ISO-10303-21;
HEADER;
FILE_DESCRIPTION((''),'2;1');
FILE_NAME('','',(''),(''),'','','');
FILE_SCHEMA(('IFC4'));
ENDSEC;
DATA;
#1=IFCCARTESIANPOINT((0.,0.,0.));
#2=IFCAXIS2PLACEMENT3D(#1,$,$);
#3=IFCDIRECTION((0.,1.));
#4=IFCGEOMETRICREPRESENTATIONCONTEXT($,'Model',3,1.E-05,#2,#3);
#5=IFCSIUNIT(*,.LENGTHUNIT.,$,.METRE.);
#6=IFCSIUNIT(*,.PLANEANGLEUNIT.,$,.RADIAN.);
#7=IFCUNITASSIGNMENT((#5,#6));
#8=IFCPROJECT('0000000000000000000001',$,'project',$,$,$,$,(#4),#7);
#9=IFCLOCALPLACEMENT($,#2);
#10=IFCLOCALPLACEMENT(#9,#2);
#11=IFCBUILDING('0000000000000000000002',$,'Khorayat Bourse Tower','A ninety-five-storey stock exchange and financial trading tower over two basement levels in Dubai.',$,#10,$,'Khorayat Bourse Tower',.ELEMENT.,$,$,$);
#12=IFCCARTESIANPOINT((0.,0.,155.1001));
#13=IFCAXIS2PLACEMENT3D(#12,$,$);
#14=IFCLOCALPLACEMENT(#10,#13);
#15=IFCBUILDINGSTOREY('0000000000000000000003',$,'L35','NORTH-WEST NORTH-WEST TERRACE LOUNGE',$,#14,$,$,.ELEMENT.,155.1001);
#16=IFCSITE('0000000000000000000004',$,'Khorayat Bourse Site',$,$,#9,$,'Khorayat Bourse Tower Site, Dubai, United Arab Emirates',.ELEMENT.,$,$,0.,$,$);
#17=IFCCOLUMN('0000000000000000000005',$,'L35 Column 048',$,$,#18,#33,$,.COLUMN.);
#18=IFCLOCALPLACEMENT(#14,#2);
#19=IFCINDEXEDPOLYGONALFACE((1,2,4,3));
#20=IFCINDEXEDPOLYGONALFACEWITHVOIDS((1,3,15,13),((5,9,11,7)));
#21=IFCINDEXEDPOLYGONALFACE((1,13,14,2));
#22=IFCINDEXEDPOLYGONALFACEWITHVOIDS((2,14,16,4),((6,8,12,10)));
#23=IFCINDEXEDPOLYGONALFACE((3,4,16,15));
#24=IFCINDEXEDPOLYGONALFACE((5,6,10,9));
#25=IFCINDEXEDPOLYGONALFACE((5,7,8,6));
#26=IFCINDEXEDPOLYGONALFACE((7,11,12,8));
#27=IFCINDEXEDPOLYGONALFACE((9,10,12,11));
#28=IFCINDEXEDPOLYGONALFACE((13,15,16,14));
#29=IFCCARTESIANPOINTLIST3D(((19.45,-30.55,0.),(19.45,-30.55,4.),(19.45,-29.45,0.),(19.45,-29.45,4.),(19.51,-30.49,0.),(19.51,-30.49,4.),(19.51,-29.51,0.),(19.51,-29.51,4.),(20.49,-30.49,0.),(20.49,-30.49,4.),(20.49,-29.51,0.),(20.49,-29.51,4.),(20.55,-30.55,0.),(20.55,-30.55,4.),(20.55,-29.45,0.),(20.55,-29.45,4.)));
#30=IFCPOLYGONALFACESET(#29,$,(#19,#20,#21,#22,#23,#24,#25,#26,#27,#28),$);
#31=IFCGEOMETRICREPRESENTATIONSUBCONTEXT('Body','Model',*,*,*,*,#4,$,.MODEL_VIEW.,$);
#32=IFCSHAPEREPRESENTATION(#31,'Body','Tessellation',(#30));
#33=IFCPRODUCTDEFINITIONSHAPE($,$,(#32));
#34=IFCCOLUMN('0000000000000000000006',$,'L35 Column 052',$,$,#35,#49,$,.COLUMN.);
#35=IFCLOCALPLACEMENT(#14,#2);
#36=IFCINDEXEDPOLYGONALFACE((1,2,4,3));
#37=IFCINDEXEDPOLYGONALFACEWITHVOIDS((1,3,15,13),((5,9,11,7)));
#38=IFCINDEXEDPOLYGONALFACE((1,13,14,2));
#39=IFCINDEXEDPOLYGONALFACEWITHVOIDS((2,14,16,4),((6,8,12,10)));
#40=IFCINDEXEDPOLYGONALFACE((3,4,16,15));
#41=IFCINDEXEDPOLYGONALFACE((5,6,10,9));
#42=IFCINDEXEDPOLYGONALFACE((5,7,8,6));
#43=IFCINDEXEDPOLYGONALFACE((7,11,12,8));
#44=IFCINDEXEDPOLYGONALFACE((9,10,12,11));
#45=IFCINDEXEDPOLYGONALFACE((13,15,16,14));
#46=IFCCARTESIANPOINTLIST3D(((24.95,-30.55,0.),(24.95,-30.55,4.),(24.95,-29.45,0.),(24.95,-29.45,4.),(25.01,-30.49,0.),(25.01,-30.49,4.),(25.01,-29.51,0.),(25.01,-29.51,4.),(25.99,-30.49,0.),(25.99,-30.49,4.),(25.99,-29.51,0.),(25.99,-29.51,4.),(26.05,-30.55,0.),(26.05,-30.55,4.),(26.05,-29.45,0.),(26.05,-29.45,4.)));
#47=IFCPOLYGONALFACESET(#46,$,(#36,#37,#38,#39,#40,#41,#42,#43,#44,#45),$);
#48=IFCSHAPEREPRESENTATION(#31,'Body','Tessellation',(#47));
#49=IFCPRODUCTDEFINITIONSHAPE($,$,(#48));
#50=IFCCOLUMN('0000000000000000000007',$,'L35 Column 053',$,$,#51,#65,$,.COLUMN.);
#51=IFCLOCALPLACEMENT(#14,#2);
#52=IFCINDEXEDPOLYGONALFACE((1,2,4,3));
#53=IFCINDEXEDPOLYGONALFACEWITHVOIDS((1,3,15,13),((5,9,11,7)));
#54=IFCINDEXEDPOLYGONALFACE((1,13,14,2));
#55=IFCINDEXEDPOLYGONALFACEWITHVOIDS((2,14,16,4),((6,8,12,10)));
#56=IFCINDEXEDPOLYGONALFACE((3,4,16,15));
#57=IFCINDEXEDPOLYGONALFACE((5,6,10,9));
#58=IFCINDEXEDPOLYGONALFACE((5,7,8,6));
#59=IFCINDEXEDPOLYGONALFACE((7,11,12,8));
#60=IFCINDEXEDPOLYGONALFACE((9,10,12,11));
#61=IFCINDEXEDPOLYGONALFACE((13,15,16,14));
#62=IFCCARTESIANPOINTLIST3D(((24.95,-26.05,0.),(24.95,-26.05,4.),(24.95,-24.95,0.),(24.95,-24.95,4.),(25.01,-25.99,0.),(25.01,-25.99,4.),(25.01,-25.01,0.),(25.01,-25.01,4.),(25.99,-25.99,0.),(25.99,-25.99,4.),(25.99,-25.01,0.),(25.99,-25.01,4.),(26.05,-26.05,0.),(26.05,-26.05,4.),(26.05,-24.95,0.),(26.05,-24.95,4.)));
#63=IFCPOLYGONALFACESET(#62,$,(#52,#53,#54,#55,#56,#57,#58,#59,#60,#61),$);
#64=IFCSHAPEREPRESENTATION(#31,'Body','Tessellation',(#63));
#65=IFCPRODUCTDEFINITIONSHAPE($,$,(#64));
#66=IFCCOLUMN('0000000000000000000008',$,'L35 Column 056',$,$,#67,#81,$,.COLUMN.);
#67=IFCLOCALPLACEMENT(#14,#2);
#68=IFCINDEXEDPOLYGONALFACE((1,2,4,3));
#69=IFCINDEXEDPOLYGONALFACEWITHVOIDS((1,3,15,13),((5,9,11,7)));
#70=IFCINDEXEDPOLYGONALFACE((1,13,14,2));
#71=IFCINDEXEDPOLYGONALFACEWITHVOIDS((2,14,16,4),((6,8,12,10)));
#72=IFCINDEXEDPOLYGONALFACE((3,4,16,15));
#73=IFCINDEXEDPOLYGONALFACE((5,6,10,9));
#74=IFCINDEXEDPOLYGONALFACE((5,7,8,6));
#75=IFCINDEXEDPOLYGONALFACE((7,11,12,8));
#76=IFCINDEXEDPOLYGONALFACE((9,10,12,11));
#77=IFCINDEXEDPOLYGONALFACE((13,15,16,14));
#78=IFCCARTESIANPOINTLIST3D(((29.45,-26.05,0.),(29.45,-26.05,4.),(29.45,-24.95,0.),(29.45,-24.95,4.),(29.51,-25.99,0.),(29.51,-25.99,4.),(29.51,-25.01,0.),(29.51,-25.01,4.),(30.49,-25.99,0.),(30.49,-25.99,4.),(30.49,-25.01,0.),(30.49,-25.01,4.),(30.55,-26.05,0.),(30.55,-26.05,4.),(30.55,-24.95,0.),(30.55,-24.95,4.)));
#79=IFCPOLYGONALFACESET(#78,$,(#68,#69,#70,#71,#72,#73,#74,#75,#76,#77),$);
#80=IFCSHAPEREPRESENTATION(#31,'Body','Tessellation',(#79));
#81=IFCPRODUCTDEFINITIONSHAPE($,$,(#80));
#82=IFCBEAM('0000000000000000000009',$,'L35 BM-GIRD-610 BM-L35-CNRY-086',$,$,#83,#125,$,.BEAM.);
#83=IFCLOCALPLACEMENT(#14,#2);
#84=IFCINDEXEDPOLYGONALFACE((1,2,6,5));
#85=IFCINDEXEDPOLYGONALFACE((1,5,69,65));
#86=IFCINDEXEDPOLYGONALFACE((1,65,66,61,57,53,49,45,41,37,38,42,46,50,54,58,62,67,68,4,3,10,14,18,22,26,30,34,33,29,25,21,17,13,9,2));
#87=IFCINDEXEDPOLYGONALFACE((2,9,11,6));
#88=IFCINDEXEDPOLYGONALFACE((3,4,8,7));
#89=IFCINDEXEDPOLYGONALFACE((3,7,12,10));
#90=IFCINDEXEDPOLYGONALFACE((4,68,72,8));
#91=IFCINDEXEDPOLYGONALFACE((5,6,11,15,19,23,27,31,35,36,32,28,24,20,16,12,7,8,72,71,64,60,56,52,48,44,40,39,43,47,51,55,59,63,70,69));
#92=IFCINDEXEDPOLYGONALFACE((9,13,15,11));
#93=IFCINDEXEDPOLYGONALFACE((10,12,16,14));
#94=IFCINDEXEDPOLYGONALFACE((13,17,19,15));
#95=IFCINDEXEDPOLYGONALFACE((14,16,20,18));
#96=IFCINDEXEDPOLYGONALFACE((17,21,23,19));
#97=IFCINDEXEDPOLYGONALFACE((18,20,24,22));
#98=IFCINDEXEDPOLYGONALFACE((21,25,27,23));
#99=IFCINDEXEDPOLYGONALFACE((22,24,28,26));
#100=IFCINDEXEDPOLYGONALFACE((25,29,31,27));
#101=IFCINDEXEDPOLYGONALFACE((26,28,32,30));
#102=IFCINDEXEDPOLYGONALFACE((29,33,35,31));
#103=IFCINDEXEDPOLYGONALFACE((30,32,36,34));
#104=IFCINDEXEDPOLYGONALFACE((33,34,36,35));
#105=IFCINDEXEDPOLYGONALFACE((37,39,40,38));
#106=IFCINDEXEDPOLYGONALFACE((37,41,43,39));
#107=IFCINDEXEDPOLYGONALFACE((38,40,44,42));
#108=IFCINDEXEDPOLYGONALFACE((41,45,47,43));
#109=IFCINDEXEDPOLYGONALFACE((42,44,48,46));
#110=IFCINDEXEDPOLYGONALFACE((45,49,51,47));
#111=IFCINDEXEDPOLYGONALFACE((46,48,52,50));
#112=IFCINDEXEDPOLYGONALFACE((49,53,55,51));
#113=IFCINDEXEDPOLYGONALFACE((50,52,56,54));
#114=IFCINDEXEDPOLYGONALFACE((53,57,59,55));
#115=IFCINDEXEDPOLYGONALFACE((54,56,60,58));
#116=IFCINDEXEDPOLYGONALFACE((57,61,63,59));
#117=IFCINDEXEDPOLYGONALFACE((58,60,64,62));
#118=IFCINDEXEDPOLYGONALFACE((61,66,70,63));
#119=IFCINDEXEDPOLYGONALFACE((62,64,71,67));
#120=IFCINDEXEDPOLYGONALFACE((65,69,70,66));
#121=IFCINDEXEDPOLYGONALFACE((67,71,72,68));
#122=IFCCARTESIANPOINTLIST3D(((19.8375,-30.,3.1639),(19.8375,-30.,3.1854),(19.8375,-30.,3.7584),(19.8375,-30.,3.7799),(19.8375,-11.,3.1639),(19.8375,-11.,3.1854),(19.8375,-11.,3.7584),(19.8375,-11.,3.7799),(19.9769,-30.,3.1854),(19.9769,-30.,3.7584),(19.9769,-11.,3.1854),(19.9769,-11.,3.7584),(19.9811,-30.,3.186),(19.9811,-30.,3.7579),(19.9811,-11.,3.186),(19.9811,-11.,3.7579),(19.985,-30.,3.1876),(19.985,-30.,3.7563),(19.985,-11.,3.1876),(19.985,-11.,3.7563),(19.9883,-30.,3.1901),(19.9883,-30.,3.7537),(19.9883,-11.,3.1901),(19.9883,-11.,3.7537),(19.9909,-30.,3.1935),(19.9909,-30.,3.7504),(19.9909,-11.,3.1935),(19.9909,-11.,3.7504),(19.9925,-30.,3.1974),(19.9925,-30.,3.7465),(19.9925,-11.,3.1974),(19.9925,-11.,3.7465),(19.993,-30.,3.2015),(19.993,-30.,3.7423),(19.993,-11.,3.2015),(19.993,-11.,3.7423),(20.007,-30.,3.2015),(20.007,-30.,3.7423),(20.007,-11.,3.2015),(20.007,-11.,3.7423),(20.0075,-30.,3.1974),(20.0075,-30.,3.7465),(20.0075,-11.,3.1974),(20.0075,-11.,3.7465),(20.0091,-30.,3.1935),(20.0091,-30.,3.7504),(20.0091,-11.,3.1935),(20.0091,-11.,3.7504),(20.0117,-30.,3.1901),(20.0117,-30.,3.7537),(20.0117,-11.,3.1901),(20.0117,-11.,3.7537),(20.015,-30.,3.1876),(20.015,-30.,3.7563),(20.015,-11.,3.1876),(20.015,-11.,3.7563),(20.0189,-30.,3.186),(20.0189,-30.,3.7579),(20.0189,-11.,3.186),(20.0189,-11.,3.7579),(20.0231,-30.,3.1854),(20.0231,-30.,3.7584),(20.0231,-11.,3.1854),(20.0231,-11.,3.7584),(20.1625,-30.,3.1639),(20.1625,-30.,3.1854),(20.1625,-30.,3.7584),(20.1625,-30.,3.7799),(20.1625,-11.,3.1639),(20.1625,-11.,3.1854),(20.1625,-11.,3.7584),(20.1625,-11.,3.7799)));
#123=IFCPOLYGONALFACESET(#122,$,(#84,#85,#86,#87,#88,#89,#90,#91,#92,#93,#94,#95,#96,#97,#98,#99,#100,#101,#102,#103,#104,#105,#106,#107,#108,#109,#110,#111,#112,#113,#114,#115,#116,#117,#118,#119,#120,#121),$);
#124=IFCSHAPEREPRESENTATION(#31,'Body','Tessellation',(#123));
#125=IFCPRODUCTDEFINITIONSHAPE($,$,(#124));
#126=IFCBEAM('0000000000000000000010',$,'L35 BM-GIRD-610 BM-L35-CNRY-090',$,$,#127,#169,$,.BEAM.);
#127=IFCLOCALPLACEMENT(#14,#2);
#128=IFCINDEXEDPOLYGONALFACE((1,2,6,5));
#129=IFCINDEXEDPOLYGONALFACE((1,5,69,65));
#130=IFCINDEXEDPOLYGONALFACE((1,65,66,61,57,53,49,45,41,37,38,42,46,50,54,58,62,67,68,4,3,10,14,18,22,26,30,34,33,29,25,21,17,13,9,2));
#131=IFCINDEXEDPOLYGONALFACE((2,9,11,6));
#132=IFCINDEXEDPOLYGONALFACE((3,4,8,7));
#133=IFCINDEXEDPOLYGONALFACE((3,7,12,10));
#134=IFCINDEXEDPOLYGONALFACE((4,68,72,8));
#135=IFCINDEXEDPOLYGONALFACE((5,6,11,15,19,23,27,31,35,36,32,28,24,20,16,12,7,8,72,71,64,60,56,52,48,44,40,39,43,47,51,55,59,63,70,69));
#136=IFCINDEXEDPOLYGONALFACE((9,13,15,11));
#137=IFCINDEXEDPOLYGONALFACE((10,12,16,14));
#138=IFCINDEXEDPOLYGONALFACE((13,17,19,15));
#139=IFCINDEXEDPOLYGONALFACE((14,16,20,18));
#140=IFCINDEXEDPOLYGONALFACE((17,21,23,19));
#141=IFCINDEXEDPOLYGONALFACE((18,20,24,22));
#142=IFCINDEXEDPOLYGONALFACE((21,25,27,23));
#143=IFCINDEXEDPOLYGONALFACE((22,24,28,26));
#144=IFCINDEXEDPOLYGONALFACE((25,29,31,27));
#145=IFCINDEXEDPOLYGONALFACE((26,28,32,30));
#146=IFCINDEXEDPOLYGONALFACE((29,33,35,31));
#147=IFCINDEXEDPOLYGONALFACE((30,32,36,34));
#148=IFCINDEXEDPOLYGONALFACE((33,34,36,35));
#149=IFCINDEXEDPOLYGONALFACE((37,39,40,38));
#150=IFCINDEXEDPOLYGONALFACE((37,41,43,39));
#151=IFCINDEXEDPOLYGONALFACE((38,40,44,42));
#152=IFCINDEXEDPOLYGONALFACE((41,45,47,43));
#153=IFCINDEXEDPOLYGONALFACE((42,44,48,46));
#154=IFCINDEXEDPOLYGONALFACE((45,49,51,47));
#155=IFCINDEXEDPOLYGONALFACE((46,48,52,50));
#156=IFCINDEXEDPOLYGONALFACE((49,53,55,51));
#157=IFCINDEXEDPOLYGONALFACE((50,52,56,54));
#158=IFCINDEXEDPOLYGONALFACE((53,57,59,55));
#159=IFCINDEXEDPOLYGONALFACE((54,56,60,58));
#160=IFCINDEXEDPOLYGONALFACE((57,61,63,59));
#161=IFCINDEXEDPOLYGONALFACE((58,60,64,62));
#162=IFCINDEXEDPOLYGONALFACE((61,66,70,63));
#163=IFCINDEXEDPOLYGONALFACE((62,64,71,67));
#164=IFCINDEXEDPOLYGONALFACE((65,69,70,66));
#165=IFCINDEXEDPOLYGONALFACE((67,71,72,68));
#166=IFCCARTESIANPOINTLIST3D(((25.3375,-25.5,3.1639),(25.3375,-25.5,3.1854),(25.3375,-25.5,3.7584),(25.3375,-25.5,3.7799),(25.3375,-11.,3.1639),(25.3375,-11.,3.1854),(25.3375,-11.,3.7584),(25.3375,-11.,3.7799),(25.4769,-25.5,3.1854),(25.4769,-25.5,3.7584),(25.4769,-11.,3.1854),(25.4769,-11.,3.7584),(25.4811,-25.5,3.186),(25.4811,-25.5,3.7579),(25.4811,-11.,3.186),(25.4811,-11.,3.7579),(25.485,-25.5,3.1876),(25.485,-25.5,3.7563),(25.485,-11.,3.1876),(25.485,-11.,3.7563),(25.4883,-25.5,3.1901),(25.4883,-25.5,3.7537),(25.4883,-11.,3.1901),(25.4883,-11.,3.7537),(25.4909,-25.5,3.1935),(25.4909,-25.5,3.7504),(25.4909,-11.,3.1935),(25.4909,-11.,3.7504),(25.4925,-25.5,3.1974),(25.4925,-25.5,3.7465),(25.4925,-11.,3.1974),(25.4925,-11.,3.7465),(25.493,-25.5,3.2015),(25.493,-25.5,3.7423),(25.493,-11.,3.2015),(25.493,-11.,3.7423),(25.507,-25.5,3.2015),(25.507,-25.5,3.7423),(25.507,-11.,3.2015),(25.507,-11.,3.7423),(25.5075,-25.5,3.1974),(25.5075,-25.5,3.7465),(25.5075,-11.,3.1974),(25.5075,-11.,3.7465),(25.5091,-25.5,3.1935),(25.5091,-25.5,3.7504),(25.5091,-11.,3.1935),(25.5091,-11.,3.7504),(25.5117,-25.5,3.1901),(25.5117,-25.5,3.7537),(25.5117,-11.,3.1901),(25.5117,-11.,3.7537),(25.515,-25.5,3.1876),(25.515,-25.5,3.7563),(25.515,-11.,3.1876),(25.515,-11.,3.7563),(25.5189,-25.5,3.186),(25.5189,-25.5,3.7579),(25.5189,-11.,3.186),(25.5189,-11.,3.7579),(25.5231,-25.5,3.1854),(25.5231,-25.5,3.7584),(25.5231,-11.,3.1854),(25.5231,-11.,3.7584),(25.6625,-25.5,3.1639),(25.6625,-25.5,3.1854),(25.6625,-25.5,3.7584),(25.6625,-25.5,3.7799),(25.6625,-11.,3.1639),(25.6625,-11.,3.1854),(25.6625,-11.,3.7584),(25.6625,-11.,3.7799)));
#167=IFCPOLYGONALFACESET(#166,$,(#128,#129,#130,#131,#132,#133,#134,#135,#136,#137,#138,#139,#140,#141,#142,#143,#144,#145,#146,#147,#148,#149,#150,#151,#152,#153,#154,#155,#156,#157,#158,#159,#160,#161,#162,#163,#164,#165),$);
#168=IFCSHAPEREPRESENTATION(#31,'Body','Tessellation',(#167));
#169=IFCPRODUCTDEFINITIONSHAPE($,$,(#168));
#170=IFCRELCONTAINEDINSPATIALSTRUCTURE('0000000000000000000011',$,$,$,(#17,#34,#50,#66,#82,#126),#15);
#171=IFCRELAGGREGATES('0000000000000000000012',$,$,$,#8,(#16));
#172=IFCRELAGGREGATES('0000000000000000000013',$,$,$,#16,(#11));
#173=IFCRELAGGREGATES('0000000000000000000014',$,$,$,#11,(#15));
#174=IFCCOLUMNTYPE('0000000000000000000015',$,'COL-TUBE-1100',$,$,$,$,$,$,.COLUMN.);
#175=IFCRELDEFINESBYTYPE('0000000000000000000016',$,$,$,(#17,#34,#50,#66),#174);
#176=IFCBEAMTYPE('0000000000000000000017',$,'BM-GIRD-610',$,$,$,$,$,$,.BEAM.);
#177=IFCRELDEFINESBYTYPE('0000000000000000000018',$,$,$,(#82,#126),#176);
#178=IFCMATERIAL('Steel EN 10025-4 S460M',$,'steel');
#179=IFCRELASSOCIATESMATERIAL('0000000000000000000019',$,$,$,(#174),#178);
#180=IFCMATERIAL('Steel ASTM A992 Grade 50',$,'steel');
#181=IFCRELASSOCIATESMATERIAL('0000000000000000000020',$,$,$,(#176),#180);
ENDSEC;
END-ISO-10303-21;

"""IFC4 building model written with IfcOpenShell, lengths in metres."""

from ifc_helpers import new_model, si_unit, direction, frame, origin, origin_2d, place, context, subcontext, project, spatial, hollow_rectangle, i_section, extrude, source, transform, mapped, material, material_profile, profile_set, type_object, element, save


model = new_model("IFC4")

# Units and contexts
model_context = context("Model", 3, precision=1e-05, world=origin(), true_north=direction((0.0, 1.0)))
body_context = subcontext(model_context, "Body", "Model", "MODEL_VIEW")
ifc_project = project(units=[si_unit("LENGTHUNIT", "METRE"), si_unit("PLANEANGLEUNIT", "RADIAN")], contexts=[model_context])

# Site, building, storey
site_placement = place(None, origin())
site = spatial("IfcSite", under=ifc_project, at=site_placement, Name="Khorayat Bourse Site", LongName="Khorayat Bourse Tower Site, Dubai, United Arab Emirates", CompositionType="ELEMENT", RefElevation=0.0)
building_placement = place(site_placement, origin())
building = spatial("IfcBuilding", under=site, at=building_placement, Name="Khorayat Bourse Tower", Description="A ninety-five-storey stock exchange and financial trading tower over two basement levels in Dubai.", LongName="Khorayat Bourse Tower", CompositionType="ELEMENT")
storey_placement = place(building_placement, frame((0.0, 0.0, 155.1001)))
storey = spatial("IfcBuildingStorey", under=building, at=storey_placement, Name="L35", Description="NORTH-WEST NORTH-WEST TERRACE LOUNGE", CompositionType="ELEMENT", Elevation=155.1001)

# Columns
ifc_material_1 = material(Name="Steel EN 10025-4 S460M", Category="steel")
ifc_material_profile_1 = material_profile(ifc_material_1, hollow_rectangle(XDim=1.1001, YDim=1.1001, WallThickness=0.0601, at=origin_2d()), Name="BOX 1100x1100x60")
ifc_profile_set_1 = profile_set([ifc_material_profile_1], Name="Steel EN 10025-4 S460M")
column_type = type_object("IfcColumnType", Name="COL-TUBE-1100", PredefinedType="COLUMN", material=ifc_profile_set_1)
shared_shape_1 = source(origin(), body_context, "Body", "SweptSolid", [
    extrude(hollow_rectangle(XDim=1.1001, YDim=1.1001, WallThickness=0.0601, at=origin_2d()), origin(), (0.0, 0.0, 1.0), 4.0),
])
for number, where, z_axis, x_axis, name in (
    (1, (20.0, -30.0, 0.0), (0.0, 0.0, 1.0), (1.0, 0.0, 0.0), "L35 Column 048"),
    (2, (25.5, -30.0, 0.0), (0.0, 0.0, 1.0), (1.0, 0.0, 0.0), "L35 Column 052"),
    (3, (25.5, -25.5, 0.0), (0.0, 0.0, 1.0), (1.0, 0.0, 0.0), "L35 Column 053"),
    (4, (30.0, -25.5, 0.0), (0.0, 0.0, 1.0), (1.0, 0.0, 0.0), "L35 Column 056"),
):
    element("IfcColumn", number, at=place(storey_placement, frame(where, z_axis=z_axis, x_axis=x_axis)), inside=storey, type_object=column_type, Name=name, PredefinedType="COLUMN", context=body_context, shape_type="MappedRepresentation", body=[
        mapped(shared_shape_1, transform((0.0, 0.0, 0.0), scale=1.0)),
    ])

# Beams
ifc_material_2 = material(Name="Steel ASTM A992 Grade 50", Category="steel")
ifc_material_profile_2 = material_profile(ifc_material_2, i_section(OverallWidth=0.325, OverallDepth=0.616, WebThickness=0.0139, FlangeThickness=0.0215, FilletRadius=0.0161, at=origin_2d()), Name="W610X174")
ifc_profile_set_2 = profile_set([ifc_material_profile_2], Name="Steel ASTM A992 Grade 50")
beam_type_1 = type_object("IfcBeamType", Name="BM-GIRD-610", PredefinedType="BEAM", material=ifc_profile_set_2)
shared_shape_2 = source(origin(), body_context, "Body", "SweptSolid", [
    extrude(i_section(OverallWidth=0.325, OverallDepth=0.616, WebThickness=0.0139, FlangeThickness=0.0215, FilletRadius=0.0161, at=origin_2d()), origin(), (0.0, 0.0, 1.0), 19.0),
])
beam_1_placement = place(storey_placement, frame((20.0, -30.0, 3.4719), z_axis=(0.0, 1.0, 0.0), x_axis=(-1.0, 0.0, 0.0)))
element("IfcBeam", 5, at=beam_1_placement, inside=storey, type_object=beam_type_1, Name="L35 BM-GIRD-610 BM-L35-CNRY-086", PredefinedType="BEAM", context=body_context, shape_type="MappedRepresentation", body=[
    mapped(shared_shape_2, transform((0.0, 0.0, 0.0), scale=1.0)),
])
shared_shape_3 = source(origin(), body_context, "Body", "SweptSolid", [
    extrude(i_section(OverallWidth=0.325, OverallDepth=0.616, WebThickness=0.0139, FlangeThickness=0.0215, FilletRadius=0.0161, at=origin_2d()), origin(), (0.0, 0.0, 1.0), 14.5),
])
beam_2_placement = place(storey_placement, frame((25.5, -25.5, 3.4719), z_axis=(0.0, 1.0, 0.0), x_axis=(-1.0, 0.0, 0.0)))
element("IfcBeam", 6, at=beam_2_placement, inside=storey, type_object=beam_type_1, Name="L35 BM-GIRD-610 BM-L35-CNRY-090", PredefinedType="BEAM", context=body_context, shape_type="MappedRepresentation", body=[
    mapped(shared_shape_3, transform((0.0, 0.0, 0.0), scale=1.0)),
])

save(model, "model.ifc")
